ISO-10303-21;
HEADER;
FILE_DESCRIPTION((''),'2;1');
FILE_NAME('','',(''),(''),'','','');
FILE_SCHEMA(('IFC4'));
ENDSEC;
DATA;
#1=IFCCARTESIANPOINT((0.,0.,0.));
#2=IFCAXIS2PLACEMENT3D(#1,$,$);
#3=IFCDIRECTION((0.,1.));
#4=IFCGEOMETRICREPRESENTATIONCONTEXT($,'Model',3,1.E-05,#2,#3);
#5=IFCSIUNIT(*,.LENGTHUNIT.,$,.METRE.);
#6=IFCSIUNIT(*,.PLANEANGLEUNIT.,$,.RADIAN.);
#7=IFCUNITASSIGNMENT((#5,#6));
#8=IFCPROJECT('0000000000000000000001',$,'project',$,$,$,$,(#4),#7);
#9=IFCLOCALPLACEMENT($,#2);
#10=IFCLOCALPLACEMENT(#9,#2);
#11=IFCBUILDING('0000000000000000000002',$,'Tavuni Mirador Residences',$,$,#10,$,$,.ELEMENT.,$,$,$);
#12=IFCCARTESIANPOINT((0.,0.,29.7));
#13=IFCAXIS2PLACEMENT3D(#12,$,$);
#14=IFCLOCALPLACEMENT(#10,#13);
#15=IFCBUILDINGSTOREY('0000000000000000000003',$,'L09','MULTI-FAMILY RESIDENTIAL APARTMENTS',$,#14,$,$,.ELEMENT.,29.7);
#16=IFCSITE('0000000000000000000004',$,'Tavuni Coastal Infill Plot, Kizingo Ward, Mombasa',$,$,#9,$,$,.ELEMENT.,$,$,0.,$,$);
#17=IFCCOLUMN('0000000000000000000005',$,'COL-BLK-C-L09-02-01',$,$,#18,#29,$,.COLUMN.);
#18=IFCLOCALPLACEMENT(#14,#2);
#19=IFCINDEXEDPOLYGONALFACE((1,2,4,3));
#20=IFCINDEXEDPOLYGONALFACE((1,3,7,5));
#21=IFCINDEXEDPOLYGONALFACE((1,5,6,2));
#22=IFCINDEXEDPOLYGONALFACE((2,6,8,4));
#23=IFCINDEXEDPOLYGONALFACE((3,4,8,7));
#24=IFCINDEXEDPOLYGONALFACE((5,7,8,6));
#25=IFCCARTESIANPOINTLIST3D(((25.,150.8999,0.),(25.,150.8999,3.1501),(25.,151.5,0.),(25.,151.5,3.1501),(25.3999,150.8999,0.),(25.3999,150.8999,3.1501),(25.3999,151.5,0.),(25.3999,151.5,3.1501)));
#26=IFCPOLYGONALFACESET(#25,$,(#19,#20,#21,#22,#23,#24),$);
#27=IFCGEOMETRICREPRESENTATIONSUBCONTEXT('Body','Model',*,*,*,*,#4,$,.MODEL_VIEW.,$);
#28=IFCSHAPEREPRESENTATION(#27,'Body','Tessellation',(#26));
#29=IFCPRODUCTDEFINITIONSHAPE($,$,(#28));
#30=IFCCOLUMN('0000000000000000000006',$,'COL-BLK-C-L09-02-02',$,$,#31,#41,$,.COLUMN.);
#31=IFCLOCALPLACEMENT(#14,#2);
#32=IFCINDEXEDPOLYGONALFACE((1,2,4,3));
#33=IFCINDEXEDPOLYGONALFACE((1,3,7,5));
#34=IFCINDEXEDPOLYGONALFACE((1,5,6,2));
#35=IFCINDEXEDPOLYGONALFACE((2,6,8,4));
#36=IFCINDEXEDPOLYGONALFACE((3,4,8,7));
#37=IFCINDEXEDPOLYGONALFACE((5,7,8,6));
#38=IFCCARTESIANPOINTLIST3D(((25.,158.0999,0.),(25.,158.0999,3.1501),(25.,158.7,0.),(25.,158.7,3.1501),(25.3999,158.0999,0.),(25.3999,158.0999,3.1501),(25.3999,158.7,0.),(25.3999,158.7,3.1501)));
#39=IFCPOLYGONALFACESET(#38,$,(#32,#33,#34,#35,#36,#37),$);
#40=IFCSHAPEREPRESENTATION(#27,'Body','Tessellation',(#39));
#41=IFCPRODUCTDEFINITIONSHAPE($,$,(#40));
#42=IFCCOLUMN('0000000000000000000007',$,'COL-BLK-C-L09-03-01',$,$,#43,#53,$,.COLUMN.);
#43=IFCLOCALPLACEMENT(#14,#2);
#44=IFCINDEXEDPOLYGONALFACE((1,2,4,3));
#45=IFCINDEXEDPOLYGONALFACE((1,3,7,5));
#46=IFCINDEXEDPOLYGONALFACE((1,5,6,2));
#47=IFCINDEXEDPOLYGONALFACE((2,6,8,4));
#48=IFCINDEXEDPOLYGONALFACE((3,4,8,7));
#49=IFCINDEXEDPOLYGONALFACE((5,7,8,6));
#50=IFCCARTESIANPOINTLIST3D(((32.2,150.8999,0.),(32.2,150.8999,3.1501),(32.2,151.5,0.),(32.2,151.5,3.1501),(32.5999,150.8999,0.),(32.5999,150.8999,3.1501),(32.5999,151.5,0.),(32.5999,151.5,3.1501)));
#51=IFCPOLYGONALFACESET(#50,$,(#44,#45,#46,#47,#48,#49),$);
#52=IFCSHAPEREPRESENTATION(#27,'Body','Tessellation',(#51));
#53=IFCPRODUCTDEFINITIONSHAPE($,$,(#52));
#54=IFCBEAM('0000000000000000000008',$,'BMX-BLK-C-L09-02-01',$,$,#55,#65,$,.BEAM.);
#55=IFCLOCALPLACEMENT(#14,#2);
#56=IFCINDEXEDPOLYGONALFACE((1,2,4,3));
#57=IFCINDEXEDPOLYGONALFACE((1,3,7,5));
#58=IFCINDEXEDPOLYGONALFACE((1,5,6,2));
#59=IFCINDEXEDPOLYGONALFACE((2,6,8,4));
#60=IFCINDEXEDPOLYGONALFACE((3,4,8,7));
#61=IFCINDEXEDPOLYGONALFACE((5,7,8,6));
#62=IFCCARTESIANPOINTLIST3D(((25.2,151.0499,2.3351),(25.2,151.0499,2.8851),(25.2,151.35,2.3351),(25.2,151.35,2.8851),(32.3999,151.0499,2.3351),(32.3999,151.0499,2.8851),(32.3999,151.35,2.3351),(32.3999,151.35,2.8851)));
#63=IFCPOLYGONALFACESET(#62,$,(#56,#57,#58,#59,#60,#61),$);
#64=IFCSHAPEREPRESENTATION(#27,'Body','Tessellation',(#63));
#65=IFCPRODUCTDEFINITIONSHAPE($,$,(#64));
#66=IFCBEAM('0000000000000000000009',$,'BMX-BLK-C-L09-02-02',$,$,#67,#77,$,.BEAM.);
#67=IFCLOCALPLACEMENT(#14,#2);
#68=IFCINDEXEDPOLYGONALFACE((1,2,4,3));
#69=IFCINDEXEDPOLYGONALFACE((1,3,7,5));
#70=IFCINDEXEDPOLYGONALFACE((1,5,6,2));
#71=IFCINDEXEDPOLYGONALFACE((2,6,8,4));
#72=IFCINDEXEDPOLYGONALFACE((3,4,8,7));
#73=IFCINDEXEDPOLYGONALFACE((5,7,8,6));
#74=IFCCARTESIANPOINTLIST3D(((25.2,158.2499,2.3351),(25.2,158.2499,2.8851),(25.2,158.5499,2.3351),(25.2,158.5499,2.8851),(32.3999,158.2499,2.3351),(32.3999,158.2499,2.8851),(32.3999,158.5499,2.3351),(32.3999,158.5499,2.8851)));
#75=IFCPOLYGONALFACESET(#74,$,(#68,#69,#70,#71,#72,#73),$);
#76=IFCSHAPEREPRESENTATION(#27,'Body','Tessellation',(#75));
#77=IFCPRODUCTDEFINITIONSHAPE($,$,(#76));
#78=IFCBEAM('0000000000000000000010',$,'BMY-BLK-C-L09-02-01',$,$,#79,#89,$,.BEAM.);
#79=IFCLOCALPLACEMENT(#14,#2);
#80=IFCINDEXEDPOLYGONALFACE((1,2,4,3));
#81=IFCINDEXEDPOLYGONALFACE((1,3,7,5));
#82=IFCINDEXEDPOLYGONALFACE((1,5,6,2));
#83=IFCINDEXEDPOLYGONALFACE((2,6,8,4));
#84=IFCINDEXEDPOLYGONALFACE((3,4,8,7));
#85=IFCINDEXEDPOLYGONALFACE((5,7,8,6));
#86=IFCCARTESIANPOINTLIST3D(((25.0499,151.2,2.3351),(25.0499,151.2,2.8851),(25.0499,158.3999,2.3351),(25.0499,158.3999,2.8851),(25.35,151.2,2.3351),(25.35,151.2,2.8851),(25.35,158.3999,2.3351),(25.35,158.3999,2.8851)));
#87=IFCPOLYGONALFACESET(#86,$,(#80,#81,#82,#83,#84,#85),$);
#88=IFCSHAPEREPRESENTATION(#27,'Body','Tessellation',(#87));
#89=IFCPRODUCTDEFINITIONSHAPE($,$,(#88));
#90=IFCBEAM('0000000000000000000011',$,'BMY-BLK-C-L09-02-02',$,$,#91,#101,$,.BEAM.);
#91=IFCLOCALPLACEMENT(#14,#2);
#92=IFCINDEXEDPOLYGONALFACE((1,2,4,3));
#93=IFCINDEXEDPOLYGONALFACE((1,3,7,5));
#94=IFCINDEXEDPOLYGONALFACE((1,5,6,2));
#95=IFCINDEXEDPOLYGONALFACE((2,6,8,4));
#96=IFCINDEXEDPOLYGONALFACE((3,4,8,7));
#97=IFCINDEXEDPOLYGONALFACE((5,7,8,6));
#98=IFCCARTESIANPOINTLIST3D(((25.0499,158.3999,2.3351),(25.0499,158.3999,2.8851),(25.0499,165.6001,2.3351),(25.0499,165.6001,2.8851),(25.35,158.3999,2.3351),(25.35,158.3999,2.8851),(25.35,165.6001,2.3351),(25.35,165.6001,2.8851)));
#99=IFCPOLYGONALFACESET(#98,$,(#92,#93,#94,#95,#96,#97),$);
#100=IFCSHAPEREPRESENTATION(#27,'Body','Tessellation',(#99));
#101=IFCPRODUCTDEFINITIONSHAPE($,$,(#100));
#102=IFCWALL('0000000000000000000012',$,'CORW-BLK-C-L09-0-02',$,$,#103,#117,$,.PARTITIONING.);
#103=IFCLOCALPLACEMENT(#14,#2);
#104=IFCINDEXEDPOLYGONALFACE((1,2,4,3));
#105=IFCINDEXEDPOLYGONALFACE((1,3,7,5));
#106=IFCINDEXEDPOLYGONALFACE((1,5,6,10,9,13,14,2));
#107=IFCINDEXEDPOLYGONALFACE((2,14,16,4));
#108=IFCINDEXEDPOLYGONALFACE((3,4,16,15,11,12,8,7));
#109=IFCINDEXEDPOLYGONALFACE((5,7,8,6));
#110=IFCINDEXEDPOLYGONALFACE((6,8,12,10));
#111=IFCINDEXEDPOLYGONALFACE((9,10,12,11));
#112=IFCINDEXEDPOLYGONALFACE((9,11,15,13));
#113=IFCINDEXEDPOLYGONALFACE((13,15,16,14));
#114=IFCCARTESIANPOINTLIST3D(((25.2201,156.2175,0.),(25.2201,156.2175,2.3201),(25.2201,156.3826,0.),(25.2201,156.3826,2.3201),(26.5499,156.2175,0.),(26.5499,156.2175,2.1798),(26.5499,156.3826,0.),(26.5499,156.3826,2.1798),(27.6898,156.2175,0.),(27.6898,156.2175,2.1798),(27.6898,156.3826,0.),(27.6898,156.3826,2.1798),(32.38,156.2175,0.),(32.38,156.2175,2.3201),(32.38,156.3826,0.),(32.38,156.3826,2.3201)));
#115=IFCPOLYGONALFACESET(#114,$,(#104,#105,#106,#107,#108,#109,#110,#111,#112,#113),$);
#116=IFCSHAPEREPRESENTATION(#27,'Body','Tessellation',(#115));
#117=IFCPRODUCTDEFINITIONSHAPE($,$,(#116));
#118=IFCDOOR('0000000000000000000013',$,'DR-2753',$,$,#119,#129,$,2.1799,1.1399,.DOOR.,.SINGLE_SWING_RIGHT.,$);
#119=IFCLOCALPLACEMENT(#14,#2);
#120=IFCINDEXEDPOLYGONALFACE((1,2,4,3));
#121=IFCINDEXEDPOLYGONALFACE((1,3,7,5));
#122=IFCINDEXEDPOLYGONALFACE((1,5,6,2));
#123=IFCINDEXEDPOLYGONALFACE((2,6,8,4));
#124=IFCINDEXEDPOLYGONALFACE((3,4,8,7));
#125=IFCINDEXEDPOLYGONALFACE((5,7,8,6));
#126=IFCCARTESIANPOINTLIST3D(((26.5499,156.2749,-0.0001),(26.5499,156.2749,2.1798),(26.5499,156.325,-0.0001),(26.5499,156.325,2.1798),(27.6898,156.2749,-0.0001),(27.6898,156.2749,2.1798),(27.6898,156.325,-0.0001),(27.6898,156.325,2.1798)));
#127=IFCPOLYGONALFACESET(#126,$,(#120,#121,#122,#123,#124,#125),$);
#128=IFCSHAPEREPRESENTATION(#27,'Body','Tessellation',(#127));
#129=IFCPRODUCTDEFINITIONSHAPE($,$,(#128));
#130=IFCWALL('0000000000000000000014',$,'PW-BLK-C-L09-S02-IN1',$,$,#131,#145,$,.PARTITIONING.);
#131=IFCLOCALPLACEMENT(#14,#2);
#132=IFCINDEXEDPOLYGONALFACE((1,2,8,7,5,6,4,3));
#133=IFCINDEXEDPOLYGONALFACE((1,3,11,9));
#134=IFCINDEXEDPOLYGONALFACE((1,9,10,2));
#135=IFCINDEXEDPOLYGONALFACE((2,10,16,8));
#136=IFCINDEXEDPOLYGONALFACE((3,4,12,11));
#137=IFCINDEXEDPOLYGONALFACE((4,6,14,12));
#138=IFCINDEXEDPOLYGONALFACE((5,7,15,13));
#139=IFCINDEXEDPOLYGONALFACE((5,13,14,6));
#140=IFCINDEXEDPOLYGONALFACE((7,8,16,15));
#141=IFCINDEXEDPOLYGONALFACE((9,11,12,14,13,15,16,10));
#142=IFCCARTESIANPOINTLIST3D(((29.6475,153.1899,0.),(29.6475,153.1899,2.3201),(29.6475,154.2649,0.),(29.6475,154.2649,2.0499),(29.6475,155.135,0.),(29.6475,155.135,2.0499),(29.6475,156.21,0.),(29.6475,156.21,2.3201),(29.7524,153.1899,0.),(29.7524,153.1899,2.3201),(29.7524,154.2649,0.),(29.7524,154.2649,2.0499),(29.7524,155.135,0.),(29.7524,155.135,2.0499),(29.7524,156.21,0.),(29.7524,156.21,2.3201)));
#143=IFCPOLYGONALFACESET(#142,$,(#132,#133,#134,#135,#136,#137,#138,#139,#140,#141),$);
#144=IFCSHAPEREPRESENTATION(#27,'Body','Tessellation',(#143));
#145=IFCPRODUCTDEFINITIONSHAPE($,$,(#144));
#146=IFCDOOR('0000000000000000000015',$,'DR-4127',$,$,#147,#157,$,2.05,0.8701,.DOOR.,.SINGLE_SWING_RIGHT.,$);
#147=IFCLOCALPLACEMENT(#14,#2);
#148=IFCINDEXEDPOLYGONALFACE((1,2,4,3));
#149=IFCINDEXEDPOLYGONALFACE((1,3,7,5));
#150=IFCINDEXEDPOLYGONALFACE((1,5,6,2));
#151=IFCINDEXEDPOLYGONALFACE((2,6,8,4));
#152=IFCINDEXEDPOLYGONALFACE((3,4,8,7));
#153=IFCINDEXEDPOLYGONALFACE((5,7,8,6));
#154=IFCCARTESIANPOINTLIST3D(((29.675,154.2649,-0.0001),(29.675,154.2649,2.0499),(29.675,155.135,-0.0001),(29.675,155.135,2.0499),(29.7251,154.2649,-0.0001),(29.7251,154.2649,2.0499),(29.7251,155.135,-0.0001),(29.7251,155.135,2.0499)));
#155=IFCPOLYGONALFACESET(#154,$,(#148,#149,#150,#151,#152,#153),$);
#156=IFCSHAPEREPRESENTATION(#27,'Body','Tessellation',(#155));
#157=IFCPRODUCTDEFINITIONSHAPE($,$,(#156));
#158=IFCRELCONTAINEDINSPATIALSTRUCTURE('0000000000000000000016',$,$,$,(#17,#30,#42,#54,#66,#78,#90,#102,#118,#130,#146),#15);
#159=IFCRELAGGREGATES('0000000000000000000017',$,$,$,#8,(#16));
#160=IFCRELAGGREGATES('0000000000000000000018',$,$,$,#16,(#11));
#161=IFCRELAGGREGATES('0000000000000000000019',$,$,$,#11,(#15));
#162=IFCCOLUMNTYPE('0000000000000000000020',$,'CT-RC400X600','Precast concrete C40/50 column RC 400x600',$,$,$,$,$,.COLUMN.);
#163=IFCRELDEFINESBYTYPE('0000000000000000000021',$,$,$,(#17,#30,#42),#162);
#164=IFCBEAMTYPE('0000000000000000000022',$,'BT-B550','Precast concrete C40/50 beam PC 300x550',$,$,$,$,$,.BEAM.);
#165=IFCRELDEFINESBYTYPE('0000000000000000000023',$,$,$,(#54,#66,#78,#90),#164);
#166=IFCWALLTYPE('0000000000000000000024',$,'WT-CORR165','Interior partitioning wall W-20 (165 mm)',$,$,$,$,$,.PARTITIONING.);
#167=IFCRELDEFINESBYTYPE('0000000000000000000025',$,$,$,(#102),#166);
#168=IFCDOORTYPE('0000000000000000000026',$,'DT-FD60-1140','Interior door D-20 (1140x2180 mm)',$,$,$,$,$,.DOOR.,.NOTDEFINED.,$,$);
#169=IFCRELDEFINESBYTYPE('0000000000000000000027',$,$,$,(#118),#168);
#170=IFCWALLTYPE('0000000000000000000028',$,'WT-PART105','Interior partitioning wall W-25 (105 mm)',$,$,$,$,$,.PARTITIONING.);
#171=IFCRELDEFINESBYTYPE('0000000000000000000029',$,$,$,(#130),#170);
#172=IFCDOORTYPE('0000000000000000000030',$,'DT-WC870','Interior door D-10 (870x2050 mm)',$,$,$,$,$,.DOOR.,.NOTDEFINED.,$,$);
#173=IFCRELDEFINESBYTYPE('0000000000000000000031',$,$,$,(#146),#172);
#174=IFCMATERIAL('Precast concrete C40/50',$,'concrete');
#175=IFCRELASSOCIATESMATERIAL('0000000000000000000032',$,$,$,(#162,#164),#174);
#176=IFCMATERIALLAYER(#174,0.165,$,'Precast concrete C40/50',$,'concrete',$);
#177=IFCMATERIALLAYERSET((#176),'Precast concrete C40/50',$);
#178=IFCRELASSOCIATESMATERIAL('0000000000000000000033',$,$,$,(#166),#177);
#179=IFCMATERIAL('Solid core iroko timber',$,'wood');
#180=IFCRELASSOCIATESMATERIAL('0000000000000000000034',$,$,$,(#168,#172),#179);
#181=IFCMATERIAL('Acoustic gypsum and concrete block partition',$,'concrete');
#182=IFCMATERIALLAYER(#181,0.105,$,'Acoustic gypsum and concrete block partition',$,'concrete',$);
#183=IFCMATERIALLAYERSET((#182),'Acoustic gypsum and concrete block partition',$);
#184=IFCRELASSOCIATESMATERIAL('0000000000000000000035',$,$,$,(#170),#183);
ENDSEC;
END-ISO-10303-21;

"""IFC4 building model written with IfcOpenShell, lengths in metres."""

from ifc_helpers import new_model, si_unit, direction, frame, frame_2d, origin, origin_2d, place, context, subcontext, project, spatial, rectangle, extrude, material, layer, layer_set, material_profile, profile_set, type_object, element, fill, save


model = new_model("IFC4")

# Units and contexts
model_context = context("Model", 3, precision=1e-05, world=origin(), true_north=direction((0.0, 1.0)))
body_context = subcontext(model_context, "Body", "Model", "MODEL_VIEW")
ifc_project = project(units=[si_unit("LENGTHUNIT", "METRE"), si_unit("PLANEANGLEUNIT", "RADIAN")], contexts=[model_context])

# Site, building, storey
site_placement = place(None, origin())
site = spatial("IfcSite", under=ifc_project, at=site_placement, Name="Tavuni Coastal Infill Plot, Kizingo Ward, Mombasa", CompositionType="ELEMENT", RefElevation=0.0)
building_placement = place(site_placement, origin())
building = spatial("IfcBuilding", under=site, at=building_placement, Name="Tavuni Mirador Residences", CompositionType="ELEMENT")
storey_placement = place(building_placement, frame((0.0, 0.0, 29.7)))
storey = spatial("IfcBuildingStorey", under=building, at=storey_placement, Name="L09", Description="MULTI-FAMILY RESIDENTIAL APARTMENTS", CompositionType="ELEMENT", Elevation=29.7)

# Columns
ifc_material_1 = material(Name="Precast concrete C40/50", Category="concrete")
ifc_material_profile_1 = material_profile(ifc_material_1, rectangle(XDim=0.3999, YDim=0.6001, at=origin_2d()), Name="RC 400x600", Category="concrete")
ifc_profile_set_1 = profile_set([ifc_material_profile_1], Name="Precast concrete C40/50")
column_type = type_object("IfcColumnType", Name="CT-RC400X600", Description="Precast concrete C40/50 column RC 400x600", PredefinedType="COLUMN", material=ifc_profile_set_1)
for number, where, z_axis, x_axis, name in (
    (1, (25.2, 151.2, 0.0), (0.0, 0.0, 1.0), (1.0, 0.0, 0.0), "COL-BLK-C-L09-02-01"),
    (2, (25.2, 158.3999, 0.0), (0.0, 0.0, 1.0), (1.0, 0.0, 0.0), "COL-BLK-C-L09-02-02"),
    (3, (32.3999, 151.2, 0.0), (0.0, 0.0, 1.0), (1.0, 0.0, 0.0), "COL-BLK-C-L09-03-01"),
):
    element("IfcColumn", number, at=place(storey_placement, frame(where, z_axis=z_axis, x_axis=x_axis)), inside=storey, type_object=column_type, Name=name, PredefinedType="COLUMN", context=body_context, shape_type="SweptSolid", body=[
        extrude(rectangle(XDim=0.3999, YDim=0.6001, at=origin_2d()), origin(), (0.0, 0.0, 1.0), 3.1501),
    ])

# Beams
ifc_material_profile_2 = material_profile(ifc_material_1, rectangle(XDim=0.3, YDim=0.55, at=origin_2d()), Name="PC 300x550", Category="concrete")
ifc_profile_set_2 = profile_set([ifc_material_profile_2], Name="Precast concrete C40/50")
beam_type = type_object("IfcBeamType", Name="BT-B550", Description="Precast concrete C40/50 beam PC 300x550", PredefinedType="BEAM", material=ifc_profile_set_2)
for number, where, z_axis, x_axis, name in (
    (4, (25.2, 151.2, 2.6101), (1.0, 0.0, 0.0), (0.0, 1.0, 0.0), "BMX-BLK-C-L09-02-01"),
    (5, (25.2, 158.3999, 2.6101), (1.0, 0.0, 0.0), (0.0, 1.0, 0.0), "BMX-BLK-C-L09-02-02"),
    (6, (25.2, 151.2, 2.6101), (0.0, 1.0, 0.0), (-1.0, 0.0, 0.0), "BMY-BLK-C-L09-02-01"),
):
    element("IfcBeam", number, at=place(storey_placement, frame(where, z_axis=z_axis, x_axis=x_axis)), inside=storey, type_object=beam_type, Name=name, PredefinedType="BEAM", context=body_context, shape_type="SweptSolid", body=[
        extrude(rectangle(XDim=0.3, YDim=0.55, at=origin_2d()), origin(), (0.0, 0.0, 1.0), 7.2),
    ])
beam_placement = place(storey_placement, frame((25.2, 158.3999, 2.6101), z_axis=(0.0, 1.0, 0.0), x_axis=(-1.0, 0.0, 0.0)))
element("IfcBeam", 7, at=beam_placement, inside=storey, type_object=beam_type, Name="BMY-BLK-C-L09-02-02", PredefinedType="BEAM", context=body_context, shape_type="SweptSolid", body=[
    extrude(rectangle(XDim=0.3, YDim=0.55, at=origin_2d()), origin(), (0.0, 0.0, 1.0), 7.2002),
])

# Walls, openings, doors
ifc_material_2 = material(Name="Solid core iroko timber", Category="wood")
ifc_layer_1 = layer(ifc_material_1, 0.165, Name="Precast concrete C40/50", Category="concrete")
ifc_layer_set_1 = layer_set([ifc_layer_1], Name="Precast concrete C40/50")
wall_type_1 = type_object("IfcWallType", Name="WT-CORR165", Description="Interior partitioning wall W-20 (165 mm)", PredefinedType="PARTITIONING", material=ifc_layer_set_1)
wall_1_placement = place(storey_placement, frame((25.22, 156.3, 0.0), z_axis=(0.0, 0.0, 1.0), x_axis=(1.0, 0.0, 0.0)))
wall_1 = element("IfcWall", 8, at=wall_1_placement, inside=storey, type_object=wall_type_1, Name="CORW-BLK-C-L09-0-02", PredefinedType="PARTITIONING", context=body_context, shape_type="SweptSolid", body=[
    extrude(rectangle(XDim=7.1599, YDim=0.165, at=frame_2d((3.5801, 0.0))), origin(), (0.0, 0.0, 1.0), 2.3201),
])
opening_1_placement = place(wall_1_placement, frame((1.3301, 0.0, 0.0)))
opening_1 = element("IfcOpeningElement", 9, at=opening_1_placement, cuts=wall_1, PredefinedType="OPENING", context=body_context, shape_type="SweptSolid", body=[
    extrude(rectangle(XDim=1.1399, YDim=2.1799, at=frame_2d((0.5698, 1.0898))), frame((0.0, 0.0925, 0.0), z_axis=(0.0, -1.0, 0.0), x_axis=(1.0, 0.0, 0.0)), (0.0, 0.0, 1.0), 0.1851),
])
door_type_1 = type_object("IfcDoorType", Name="DT-FD60-1140", Description="Interior door D-20 (1140x2180 mm)", OperationType="NOTDEFINED", PredefinedType="DOOR", material=ifc_material_2)
door_1_placement = place(opening_1_placement, origin())
door_1 = element("IfcDoor", 10, at=door_1_placement, inside=storey, type_object=door_type_1, Name="DR-2753", OperationType="SINGLE_SWING_RIGHT", OverallHeight=2.1799, OverallWidth=1.1399, PredefinedType="DOOR", context=body_context, shape_type="SweptSolid", body=[
    extrude(rectangle(XDim=1.1399, YDim=2.1799, at=frame_2d((0.5698, 1.0898))), frame((0.0, 0.0249, 0.0), z_axis=(0.0, -1.0, 0.0), x_axis=(1.0, 0.0, 0.0)), (0.0, 0.0, 1.0), 0.05),
])
fill(opening_1, door_1)
ifc_material_3 = material(Name="Acoustic gypsum and concrete block partition", Category="concrete")
ifc_layer_2 = layer(ifc_material_3, 0.105, Name="Acoustic gypsum and concrete block partition", Category="concrete")
ifc_layer_set_2 = layer_set([ifc_layer_2], Name="Acoustic gypsum and concrete block partition")
wall_type_2 = type_object("IfcWallType", Name="WT-PART105", Description="Interior partitioning wall W-25 (105 mm)", PredefinedType="PARTITIONING", material=ifc_layer_set_2)
wall_2_placement = place(storey_placement, frame((29.7, 153.1899, 0.0), z_axis=(0.0, 0.0, 1.0), x_axis=(0.0, 1.0, 0.0)))
wall_2 = element("IfcWall", 11, at=wall_2_placement, inside=storey, type_object=wall_type_2, Name="PW-BLK-C-L09-S02-IN1", PredefinedType="PARTITIONING", context=body_context, shape_type="SweptSolid", body=[
    extrude(rectangle(XDim=3.02, YDim=0.105, at=frame_2d((1.51, 0.0))), origin(), (0.0, 0.0, 1.0), 2.3201),
])
opening_2_placement = place(wall_2_placement, frame((1.075, 0.0, 0.0)))
opening_2 = element("IfcOpeningElement", 12, at=opening_2_placement, cuts=wall_2, PredefinedType="OPENING", context=body_context, shape_type="SweptSolid", body=[
    extrude(rectangle(XDim=0.8701, YDim=2.05, at=frame_2d((0.4351, 1.0249))), frame((0.0, 0.0625, 0.0), z_axis=(0.0, -1.0, 0.0), x_axis=(1.0, 0.0, 0.0)), (0.0, 0.0, 1.0), 0.125),
])
door_type_2 = type_object("IfcDoorType", Name="DT-WC870", Description="Interior door D-10 (870x2050 mm)", OperationType="NOTDEFINED", PredefinedType="DOOR", material=ifc_material_2)
door_2_placement = place(opening_2_placement, origin())
door_2 = element("IfcDoor", 13, at=door_2_placement, inside=storey, type_object=door_type_2, Name="DR-4127", OperationType="SINGLE_SWING_RIGHT", OverallHeight=2.05, OverallWidth=0.8701, PredefinedType="DOOR", context=body_context, shape_type="SweptSolid", body=[
    extrude(rectangle(XDim=0.8701, YDim=2.05, at=frame_2d((0.4351, 1.0249))), frame((0.0, 0.0249, 0.0), z_axis=(0.0, -1.0, 0.0), x_axis=(1.0, 0.0, 0.0)), (0.0, 0.0, 1.0), 0.05),
])
fill(opening_2, door_2)

save(model, "model.ifc")
